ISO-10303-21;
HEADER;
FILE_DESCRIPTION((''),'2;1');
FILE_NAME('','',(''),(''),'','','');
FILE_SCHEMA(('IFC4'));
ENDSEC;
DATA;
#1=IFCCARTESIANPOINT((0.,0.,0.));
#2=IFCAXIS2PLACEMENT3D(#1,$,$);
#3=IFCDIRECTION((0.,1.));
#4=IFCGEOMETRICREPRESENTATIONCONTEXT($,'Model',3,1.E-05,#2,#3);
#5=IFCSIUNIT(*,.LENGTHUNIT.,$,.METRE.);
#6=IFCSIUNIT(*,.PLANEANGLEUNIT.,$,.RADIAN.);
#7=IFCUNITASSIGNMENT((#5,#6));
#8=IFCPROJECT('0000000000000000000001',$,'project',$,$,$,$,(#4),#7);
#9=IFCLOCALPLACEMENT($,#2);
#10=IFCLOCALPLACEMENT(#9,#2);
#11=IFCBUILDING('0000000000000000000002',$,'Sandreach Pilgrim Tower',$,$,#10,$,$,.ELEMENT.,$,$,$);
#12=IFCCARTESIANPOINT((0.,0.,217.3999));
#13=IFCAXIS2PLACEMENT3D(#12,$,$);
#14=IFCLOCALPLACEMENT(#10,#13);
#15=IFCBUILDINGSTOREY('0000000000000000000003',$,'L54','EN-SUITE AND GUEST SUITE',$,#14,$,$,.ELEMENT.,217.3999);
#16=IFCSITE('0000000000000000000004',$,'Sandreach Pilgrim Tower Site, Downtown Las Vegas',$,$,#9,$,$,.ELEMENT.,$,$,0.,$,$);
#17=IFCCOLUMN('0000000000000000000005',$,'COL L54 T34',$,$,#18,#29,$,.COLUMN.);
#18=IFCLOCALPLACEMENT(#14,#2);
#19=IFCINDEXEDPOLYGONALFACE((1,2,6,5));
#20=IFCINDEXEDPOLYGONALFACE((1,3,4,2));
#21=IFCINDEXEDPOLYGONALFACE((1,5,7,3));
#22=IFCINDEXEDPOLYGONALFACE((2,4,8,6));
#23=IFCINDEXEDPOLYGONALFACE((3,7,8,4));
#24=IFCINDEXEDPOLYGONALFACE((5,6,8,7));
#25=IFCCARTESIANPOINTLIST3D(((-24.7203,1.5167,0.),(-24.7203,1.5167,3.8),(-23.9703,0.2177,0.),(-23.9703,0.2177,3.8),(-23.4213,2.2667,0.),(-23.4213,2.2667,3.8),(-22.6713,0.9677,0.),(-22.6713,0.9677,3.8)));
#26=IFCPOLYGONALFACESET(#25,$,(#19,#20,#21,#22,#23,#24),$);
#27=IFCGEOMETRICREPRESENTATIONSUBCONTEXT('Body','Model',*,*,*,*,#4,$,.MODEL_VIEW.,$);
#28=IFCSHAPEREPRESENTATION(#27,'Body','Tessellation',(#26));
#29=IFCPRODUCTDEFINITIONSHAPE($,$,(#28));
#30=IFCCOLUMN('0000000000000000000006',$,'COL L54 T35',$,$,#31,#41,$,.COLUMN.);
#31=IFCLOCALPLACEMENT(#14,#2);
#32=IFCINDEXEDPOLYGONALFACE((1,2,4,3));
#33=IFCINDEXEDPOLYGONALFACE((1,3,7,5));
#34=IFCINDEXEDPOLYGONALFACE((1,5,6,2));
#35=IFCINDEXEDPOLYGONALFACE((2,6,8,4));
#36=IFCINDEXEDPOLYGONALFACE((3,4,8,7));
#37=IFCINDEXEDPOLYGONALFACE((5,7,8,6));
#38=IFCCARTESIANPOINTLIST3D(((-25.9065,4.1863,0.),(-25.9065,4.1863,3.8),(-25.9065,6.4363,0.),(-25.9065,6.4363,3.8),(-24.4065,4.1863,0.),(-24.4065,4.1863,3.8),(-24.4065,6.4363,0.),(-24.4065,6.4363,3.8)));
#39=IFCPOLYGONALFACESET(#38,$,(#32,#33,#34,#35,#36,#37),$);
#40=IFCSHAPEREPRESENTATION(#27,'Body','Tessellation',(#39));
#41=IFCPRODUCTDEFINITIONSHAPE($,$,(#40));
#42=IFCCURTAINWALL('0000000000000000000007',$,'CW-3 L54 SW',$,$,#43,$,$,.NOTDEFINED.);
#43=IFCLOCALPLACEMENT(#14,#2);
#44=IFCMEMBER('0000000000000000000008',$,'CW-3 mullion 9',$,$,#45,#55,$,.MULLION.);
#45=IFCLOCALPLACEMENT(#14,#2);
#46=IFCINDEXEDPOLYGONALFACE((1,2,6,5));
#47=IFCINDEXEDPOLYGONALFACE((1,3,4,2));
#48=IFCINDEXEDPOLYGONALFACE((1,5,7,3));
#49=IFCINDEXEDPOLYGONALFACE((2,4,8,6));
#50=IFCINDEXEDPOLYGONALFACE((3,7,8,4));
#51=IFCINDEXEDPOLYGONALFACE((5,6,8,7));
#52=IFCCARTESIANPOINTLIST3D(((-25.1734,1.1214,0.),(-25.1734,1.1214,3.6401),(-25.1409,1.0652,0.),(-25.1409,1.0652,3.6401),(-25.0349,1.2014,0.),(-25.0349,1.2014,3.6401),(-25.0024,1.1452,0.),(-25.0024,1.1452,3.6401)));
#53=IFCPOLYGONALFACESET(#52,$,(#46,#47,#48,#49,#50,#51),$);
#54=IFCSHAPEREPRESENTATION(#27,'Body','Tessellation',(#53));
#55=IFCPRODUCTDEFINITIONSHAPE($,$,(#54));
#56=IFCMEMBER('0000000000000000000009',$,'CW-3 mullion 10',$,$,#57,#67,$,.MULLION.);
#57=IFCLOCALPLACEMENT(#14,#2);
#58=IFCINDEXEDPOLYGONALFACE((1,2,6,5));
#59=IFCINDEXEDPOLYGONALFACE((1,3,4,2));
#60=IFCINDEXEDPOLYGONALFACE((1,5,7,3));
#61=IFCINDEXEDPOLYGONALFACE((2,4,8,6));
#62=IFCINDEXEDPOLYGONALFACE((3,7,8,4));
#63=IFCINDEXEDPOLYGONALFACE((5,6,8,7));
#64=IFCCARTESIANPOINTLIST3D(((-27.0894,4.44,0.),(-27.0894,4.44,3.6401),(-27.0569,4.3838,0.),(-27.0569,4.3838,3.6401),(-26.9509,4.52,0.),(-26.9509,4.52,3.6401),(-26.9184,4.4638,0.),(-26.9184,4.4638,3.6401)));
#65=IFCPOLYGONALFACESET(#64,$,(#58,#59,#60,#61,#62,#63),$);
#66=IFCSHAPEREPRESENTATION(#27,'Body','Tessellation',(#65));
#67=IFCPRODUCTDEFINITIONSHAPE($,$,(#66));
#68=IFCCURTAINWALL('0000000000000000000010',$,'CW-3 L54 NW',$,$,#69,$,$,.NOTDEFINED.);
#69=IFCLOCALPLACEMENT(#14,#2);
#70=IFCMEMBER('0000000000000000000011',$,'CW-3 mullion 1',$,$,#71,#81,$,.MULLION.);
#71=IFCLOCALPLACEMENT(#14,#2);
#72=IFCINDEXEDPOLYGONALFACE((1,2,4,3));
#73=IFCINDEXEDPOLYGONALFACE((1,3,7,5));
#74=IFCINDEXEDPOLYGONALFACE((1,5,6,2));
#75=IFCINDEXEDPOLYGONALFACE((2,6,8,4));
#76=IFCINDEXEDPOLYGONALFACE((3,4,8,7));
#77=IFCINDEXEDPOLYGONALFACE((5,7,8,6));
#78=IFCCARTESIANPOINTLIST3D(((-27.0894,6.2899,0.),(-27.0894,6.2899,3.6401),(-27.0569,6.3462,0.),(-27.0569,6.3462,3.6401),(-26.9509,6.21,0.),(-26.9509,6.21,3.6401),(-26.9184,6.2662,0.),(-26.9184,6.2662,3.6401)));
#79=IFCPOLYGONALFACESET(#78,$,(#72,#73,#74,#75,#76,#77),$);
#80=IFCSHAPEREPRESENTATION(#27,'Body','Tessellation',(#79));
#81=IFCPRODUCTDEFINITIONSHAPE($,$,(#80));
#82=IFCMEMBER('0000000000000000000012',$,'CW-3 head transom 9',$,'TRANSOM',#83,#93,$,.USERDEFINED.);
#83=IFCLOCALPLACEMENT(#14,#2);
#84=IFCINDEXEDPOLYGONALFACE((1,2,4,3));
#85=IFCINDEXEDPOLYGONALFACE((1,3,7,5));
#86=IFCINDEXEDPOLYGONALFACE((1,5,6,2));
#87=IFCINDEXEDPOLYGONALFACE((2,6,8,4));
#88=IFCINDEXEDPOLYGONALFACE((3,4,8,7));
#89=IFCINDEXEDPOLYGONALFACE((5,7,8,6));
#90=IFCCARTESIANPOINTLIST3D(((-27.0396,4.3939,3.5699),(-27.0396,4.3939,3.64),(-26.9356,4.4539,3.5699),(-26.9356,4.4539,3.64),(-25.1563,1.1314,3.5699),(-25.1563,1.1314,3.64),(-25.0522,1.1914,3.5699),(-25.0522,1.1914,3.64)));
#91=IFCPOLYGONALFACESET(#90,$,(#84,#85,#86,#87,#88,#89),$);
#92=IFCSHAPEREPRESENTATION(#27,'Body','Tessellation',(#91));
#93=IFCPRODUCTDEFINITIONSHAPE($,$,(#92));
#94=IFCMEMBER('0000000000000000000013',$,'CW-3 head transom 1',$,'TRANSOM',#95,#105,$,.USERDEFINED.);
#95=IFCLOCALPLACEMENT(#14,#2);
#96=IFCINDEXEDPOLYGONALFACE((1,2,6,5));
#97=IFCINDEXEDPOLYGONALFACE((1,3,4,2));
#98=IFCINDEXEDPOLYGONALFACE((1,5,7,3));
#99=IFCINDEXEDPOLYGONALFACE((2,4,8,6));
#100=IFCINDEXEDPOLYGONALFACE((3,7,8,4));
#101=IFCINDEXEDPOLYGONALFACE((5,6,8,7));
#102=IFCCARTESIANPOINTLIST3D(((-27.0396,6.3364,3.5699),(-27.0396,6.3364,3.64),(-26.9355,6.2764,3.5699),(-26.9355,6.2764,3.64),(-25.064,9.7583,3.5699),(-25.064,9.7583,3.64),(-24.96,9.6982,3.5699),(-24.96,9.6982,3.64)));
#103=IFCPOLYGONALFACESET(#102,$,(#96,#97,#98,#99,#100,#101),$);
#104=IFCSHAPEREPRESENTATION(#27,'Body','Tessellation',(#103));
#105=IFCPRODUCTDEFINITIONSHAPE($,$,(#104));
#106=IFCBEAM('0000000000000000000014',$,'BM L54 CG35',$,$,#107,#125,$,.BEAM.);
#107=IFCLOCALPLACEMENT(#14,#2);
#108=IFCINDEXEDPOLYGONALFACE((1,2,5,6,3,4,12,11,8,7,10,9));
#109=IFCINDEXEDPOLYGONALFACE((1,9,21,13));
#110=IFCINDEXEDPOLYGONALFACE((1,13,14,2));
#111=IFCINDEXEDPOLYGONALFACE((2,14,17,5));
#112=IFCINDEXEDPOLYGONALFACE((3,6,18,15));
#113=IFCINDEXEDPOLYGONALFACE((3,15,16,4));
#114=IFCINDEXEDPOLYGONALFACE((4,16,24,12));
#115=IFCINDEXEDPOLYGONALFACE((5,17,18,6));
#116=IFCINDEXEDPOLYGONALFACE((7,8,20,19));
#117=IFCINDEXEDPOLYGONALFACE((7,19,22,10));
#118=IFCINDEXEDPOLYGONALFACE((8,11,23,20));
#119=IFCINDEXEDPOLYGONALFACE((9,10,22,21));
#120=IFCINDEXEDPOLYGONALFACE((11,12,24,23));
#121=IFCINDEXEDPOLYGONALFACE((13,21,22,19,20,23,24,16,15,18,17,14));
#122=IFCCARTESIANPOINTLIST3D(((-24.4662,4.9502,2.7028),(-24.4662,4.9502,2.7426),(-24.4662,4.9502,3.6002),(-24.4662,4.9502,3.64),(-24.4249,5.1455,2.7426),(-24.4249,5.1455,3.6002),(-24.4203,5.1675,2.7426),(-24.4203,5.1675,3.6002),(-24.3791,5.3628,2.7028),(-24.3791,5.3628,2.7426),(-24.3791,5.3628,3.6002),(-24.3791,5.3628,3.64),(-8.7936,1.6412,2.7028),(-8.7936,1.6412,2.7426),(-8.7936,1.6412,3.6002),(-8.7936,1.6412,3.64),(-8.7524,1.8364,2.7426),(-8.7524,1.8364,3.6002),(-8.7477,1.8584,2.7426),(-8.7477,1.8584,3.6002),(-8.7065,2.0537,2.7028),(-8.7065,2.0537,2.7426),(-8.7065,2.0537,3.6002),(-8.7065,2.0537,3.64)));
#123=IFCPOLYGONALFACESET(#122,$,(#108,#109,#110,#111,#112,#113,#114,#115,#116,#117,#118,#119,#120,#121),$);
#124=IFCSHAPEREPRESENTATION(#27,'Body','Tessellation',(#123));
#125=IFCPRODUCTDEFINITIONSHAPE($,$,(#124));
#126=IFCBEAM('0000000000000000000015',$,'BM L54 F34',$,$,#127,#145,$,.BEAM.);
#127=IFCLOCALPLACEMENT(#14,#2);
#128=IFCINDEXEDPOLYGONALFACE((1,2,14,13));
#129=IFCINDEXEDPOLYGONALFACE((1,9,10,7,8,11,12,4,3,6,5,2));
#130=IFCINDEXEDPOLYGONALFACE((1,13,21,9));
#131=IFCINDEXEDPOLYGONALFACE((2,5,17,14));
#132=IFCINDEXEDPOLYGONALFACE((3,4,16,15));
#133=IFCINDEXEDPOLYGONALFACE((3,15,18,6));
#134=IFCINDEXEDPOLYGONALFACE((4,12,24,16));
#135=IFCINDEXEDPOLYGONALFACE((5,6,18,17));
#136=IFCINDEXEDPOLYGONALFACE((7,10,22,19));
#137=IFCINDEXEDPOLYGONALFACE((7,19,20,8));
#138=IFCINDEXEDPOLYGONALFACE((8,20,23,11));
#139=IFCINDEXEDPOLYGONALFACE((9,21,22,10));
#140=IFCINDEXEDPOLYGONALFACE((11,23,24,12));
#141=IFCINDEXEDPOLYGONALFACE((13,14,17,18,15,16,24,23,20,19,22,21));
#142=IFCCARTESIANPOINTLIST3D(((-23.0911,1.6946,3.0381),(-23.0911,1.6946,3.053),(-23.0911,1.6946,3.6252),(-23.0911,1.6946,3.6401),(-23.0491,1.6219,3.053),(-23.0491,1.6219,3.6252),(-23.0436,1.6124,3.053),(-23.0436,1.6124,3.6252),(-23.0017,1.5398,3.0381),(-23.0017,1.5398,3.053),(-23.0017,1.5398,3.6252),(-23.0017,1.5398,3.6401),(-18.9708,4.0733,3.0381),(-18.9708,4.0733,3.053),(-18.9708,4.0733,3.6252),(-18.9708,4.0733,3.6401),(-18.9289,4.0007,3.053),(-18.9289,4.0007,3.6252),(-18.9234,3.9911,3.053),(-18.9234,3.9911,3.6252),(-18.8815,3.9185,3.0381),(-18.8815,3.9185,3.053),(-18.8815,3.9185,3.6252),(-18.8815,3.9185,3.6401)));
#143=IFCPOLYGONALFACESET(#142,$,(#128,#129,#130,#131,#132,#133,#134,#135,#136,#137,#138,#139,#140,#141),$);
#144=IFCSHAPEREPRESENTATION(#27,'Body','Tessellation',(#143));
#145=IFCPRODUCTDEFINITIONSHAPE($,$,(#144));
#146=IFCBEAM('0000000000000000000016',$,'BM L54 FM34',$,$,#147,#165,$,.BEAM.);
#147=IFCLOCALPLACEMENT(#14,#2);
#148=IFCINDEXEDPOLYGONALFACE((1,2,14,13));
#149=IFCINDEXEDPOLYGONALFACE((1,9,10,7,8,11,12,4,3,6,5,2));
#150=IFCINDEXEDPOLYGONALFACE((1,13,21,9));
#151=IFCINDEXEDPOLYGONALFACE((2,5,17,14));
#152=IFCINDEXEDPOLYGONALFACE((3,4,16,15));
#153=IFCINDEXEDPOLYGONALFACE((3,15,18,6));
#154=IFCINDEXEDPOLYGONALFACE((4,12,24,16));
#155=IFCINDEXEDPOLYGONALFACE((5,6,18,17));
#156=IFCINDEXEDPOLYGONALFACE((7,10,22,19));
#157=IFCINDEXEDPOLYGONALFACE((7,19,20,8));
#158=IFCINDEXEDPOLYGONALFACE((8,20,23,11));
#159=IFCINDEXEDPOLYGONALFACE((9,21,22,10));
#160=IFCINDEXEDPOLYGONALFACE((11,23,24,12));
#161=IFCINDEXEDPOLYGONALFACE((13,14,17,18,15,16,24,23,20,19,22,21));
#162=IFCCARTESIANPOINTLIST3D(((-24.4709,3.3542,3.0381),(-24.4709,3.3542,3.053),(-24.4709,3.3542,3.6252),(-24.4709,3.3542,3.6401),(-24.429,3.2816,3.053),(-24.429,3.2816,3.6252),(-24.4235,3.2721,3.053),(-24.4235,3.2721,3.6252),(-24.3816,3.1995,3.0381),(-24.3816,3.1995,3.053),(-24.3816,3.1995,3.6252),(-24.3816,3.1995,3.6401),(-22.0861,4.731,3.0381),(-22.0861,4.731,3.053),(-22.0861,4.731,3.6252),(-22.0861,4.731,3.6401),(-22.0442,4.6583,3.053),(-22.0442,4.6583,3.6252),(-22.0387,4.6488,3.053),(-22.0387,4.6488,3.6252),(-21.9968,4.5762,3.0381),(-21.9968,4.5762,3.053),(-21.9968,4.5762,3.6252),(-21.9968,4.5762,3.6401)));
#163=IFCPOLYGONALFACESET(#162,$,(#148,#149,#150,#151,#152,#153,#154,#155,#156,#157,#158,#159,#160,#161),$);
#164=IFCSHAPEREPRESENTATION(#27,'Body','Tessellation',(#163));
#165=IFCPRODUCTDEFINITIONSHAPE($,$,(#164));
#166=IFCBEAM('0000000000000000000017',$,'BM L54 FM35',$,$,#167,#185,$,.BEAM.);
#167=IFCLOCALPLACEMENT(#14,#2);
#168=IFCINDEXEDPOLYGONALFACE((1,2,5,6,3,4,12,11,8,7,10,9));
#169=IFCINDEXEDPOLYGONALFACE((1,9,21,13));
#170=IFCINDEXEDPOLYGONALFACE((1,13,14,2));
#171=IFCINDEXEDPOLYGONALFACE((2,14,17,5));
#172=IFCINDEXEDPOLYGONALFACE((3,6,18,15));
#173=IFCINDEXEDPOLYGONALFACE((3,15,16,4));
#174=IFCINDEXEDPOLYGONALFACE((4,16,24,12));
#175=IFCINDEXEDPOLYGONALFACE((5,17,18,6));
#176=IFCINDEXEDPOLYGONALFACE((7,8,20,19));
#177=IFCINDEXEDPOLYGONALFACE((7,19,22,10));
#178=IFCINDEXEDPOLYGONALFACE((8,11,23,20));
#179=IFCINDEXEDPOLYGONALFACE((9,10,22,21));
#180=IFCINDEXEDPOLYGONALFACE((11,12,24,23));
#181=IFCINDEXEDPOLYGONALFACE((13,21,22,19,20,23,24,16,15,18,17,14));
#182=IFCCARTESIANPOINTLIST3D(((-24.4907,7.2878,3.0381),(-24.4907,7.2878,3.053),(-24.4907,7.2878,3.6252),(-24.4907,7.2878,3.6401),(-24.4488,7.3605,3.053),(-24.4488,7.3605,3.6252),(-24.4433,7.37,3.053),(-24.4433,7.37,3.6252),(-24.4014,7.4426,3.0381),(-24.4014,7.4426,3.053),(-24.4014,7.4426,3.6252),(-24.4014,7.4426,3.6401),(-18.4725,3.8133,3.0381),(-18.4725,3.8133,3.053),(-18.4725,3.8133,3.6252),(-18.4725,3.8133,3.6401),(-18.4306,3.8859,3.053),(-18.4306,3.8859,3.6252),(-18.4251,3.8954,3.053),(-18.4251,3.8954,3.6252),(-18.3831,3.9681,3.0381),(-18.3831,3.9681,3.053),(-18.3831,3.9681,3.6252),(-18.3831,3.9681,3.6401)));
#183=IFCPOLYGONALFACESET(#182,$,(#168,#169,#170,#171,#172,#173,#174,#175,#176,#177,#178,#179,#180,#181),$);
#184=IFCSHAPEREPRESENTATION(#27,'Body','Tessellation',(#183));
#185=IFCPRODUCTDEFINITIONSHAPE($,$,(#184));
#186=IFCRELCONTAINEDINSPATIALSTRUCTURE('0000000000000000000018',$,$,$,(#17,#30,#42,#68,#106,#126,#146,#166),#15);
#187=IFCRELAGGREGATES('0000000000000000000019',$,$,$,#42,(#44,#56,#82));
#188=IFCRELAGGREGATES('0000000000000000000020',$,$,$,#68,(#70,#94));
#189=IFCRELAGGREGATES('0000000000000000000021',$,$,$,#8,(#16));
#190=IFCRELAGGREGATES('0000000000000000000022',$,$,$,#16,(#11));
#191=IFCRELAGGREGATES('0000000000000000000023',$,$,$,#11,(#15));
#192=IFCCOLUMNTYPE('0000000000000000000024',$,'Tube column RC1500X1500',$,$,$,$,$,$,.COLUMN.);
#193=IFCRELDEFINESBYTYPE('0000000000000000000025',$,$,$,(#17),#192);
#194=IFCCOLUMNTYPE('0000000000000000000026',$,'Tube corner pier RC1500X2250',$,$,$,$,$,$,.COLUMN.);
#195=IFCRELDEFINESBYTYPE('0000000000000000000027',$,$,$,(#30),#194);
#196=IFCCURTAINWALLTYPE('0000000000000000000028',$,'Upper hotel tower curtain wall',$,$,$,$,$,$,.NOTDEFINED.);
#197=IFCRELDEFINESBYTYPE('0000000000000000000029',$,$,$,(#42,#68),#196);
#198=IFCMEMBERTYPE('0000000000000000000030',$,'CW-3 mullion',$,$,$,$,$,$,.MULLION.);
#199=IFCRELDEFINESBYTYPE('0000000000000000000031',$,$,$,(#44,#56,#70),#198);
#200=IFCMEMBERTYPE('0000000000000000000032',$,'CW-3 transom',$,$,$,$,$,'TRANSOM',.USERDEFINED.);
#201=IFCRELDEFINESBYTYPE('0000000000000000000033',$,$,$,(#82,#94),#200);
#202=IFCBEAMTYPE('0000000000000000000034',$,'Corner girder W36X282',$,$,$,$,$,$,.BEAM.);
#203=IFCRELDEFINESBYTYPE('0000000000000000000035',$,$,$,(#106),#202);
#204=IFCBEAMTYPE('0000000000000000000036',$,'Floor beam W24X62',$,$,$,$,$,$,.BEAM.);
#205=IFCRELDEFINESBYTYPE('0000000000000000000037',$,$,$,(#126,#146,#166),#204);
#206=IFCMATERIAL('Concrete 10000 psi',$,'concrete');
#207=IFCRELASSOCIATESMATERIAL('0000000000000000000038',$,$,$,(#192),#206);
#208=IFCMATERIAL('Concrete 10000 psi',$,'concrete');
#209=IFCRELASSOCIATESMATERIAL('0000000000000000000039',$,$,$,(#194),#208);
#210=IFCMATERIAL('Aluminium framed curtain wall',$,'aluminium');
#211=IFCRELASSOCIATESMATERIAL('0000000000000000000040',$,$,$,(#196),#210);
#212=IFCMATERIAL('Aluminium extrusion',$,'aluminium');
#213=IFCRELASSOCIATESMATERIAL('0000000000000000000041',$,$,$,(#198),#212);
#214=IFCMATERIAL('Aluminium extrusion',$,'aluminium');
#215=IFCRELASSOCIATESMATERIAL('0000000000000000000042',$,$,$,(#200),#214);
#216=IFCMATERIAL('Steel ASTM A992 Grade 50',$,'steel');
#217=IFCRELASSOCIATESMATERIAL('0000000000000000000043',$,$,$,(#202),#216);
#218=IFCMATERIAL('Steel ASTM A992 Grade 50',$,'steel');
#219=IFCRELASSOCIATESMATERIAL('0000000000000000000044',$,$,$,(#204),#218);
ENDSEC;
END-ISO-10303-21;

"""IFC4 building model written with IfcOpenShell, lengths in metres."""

from ifc_helpers import new_model, si_unit, direction, frame, origin, origin_2d, place, context, subcontext, project, spatial, rectangle, i_section, extrude, material, material_profile, profile_set, type_object, element, aggregate, save


model = new_model("IFC4")

# Units and contexts
model_context = context("Model", 3, precision=1e-05, world=origin(), true_north=direction((0.0, 1.0)))
body_context = subcontext(model_context, "Body", "Model", "MODEL_VIEW")
ifc_project = project(units=[si_unit("LENGTHUNIT", "METRE"), si_unit("PLANEANGLEUNIT", "RADIAN")], contexts=[model_context])

# Site, building, storey
site_placement = place(None, origin())
site = spatial("IfcSite", under=ifc_project, at=site_placement, Name="Sandreach Pilgrim Tower Site, Downtown Las Vegas", CompositionType="ELEMENT", RefElevation=0.0)
building_placement = place(site_placement, origin())
building = spatial("IfcBuilding", under=site, at=building_placement, Name="Sandreach Pilgrim Tower", CompositionType="ELEMENT")
storey_placement = place(building_placement, frame((0.0, 0.0, 217.3999)))
storey = spatial("IfcBuildingStorey", under=building, at=storey_placement, Name="L54", Description="EN-SUITE AND GUEST SUITE", CompositionType="ELEMENT", Elevation=217.3999)

# Columns
ifc_material_1 = material(Name="Concrete 10000 psi", Category="concrete")
ifc_material_profile_1 = material_profile(ifc_material_1, rectangle(XDim=1.5, YDim=1.5, at=origin_2d()), Name="RC1500X1500")
ifc_profile_set_1 = profile_set([ifc_material_profile_1], Name="Concrete 10000 psi")
column_type_1 = type_object("IfcColumnType", Name="Tube column RC1500X1500", PredefinedType="COLUMN", material=ifc_profile_set_1)
column_1_placement = place(storey_placement, frame((-23.6958, 1.2422, 0.0), z_axis=(0.0, 0.0, 1.0), x_axis=(-0.866025, -0.5, 0.0)))
element("IfcColumn", 1, at=column_1_placement, inside=storey, type_object=column_type_1, Name="COL L54 T34", PredefinedType="COLUMN", context=body_context, shape_type="SweptSolid", body=[
    extrude(rectangle(XDim=1.5, YDim=1.5, at=origin_2d()), origin(), (0.0, 0.0, 1.0), 3.8),
])
ifc_material_2 = material(Name="Concrete 10000 psi", Category="concrete")
ifc_material_profile_2 = material_profile(ifc_material_2, rectangle(XDim=1.5, YDim=2.25, at=origin_2d()), Name="RC1500X2250")
ifc_profile_set_2 = profile_set([ifc_material_profile_2], Name="Concrete 10000 psi")
column_type_2 = type_object("IfcColumnType", Name="Tube corner pier RC1500X2250", PredefinedType="COLUMN", material=ifc_profile_set_2)
column_2_placement = place(storey_placement, frame((-25.1565, 5.3113, 0.0), z_axis=(0.0, 0.0, 1.0), x_axis=(-1.0, 0.0, 0.0)))
element("IfcColumn", 2, at=column_2_placement, inside=storey, type_object=column_type_2, Name="COL L54 T35", PredefinedType="COLUMN", context=body_context, shape_type="SweptSolid", body=[
    extrude(rectangle(XDim=1.5, YDim=2.25, at=origin_2d()), origin(), (0.0, 0.0, 1.0), 3.8),
])

# Curtain wall, members
ifc_material_3 = material(Name="Aluminium framed curtain wall", Category="aluminium")
curtain_wall_type = type_object("IfcCurtainWallType", Name="Upper hotel tower curtain wall", PredefinedType="NOTDEFINED", material=ifc_material_3)
curtain_wall_1_placement = place(storey_placement, origin())
curtain_wall_1 = element("IfcCurtainWall", 3, at=curtain_wall_1_placement, inside=storey, type_object=curtain_wall_type, Name="CW-3 L54 SW", PredefinedType="NOTDEFINED")
ifc_material_4 = material(Name="Aluminium extrusion", Category="aluminium")
ifc_material_profile_3 = material_profile(ifc_material_4, rectangle(XDim=0.0649, YDim=0.1599, at=origin_2d()), Name="CW-3M 65X160")
ifc_profile_set_3 = profile_set([ifc_material_profile_3], Name="Aluminium extrusion")
member_type_1 = type_object("IfcMemberType", Name="CW-3 mullion", PredefinedType="MULLION", material=ifc_profile_set_3)
member_1_placement = place(storey_placement, frame((-25.0879, 1.1333, 0.0), z_axis=(0.0, 0.0, 1.0), x_axis=(-0.5, 0.866025, 0.0)))
member_1 = element("IfcMember", 4, at=member_1_placement, type_object=member_type_1, Name="CW-3 mullion 9", PredefinedType="MULLION", context=body_context, shape_type="SweptSolid", body=[
    extrude(rectangle(XDim=0.0649, YDim=0.1599, at=origin_2d()), origin(), (0.0, 0.0, 1.0), 3.6401),
])
member_2_placement = place(storey_placement, frame((-27.0039, 4.4519, 0.0), z_axis=(0.0, 0.0, 1.0), x_axis=(-0.5, 0.866025, 0.0)))
member_2 = element("IfcMember", 5, at=member_2_placement, type_object=member_type_1, Name="CW-3 mullion 10", PredefinedType="MULLION", context=body_context, shape_type="SweptSolid", body=[
    extrude(rectangle(XDim=0.0649, YDim=0.1599, at=origin_2d()), origin(), (0.0, 0.0, 1.0), 3.6401),
])

# Curtain wall, member
curtain_wall_2_placement = place(storey_placement, origin())
curtain_wall_2 = element("IfcCurtainWall", 6, at=curtain_wall_2_placement, inside=storey, type_object=curtain_wall_type, Name="CW-3 L54 NW", PredefinedType="NOTDEFINED")
member_3_placement = place(storey_placement, frame((-27.0039, 6.2781, 0.0), z_axis=(0.0, 0.0, 1.0), x_axis=(0.5, 0.866025, 0.0)))
member_3 = element("IfcMember", 7, at=member_3_placement, type_object=member_type_1, Name="CW-3 mullion 1", PredefinedType="MULLION", context=body_context, shape_type="SweptSolid", body=[
    extrude(rectangle(XDim=0.0649, YDim=0.1599, at=origin_2d()), origin(), (0.0, 0.0, 1.0), 3.6401),
])

# Members
ifc_material_5 = material(Name="Aluminium extrusion", Category="aluminium")
ifc_material_profile_4 = material_profile(ifc_material_5, rectangle(XDim=0.1201, YDim=0.0701, at=origin_2d()), Name="CW-3T 120X70")
ifc_profile_set_4 = profile_set([ifc_material_profile_4], Name="Aluminium extrusion")
member_type_2 = type_object("IfcMemberType", Name="CW-3 transom", ElementType="TRANSOM", PredefinedType="USERDEFINED", material=ifc_profile_set_4)
member_4_placement = place(storey_placement, frame((-25.1042, 1.1614, 3.605), z_axis=(-0.499945, 0.866057, 0.0), x_axis=(-0.866057, -0.499945, 0.0)))
member_4 = element("IfcMember", 8, at=member_4_placement, type_object=member_type_2, Name="CW-3 head transom 9", ObjectType="TRANSOM", PredefinedType="USERDEFINED", context=body_context, shape_type="SweptSolid", body=[
    extrude(rectangle(XDim=0.1201, YDim=0.0701, at=origin_2d()), origin(), (0.0, 0.0, 1.0), 3.7671),
])
member_5_placement = place(storey_placement, frame((-26.9875, 6.3064, 3.605), z_axis=(0.499993, 0.866029, 0.0), x_axis=(-0.866029, 0.499993, 0.0)))
member_5 = element("IfcMember", 9, at=member_5_placement, type_object=member_type_2, Name="CW-3 head transom 1", ObjectType="TRANSOM", PredefinedType="USERDEFINED", context=body_context, shape_type="SweptSolid", body=[
    extrude(rectangle(XDim=0.1201, YDim=0.0701, at=origin_2d()), origin(), (0.0, 0.0, 1.0), 3.9512),
])

# Beams
ifc_material_6 = material(Name="Steel ASTM A992 Grade 50", Category="steel")
ifc_material_profile_5 = material_profile(ifc_material_6, i_section(OverallWidth=0.4216, OverallDepth=0.9373, WebThickness=0.0225, FlangeThickness=0.0398, at=origin_2d()), Name="W36X282")
ifc_profile_set_5 = profile_set([ifc_material_profile_5], Name="Steel ASTM A992 Grade 50")
beam_type_1 = type_object("IfcBeamType", Name="Corner girder W36X282", PredefinedType="BEAM", material=ifc_profile_set_5)
beam_1_placement = place(storey_placement, frame((-24.4226, 5.1565, 3.1714), z_axis=(0.978429, -0.206583, 0.0), x_axis=(0.206583, 0.978429, 0.0)))
element("IfcBeam", 10, at=beam_1_placement, inside=storey, type_object=beam_type_1, Name="BM L54 CG35", PredefinedType="BEAM", context=body_context, shape_type="SweptSolid", body=[
    extrude(i_section(OverallWidth=0.4216, OverallDepth=0.9373, WebThickness=0.0225, FlangeThickness=0.0398, at=origin_2d()), origin(), (0.0, 0.0, 1.0), 16.0181),
])
ifc_material_7 = material(Name="Steel ASTM A992 Grade 50", Category="steel")
ifc_material_profile_6 = material_profile(ifc_material_7, i_section(OverallWidth=0.1787, OverallDepth=0.6021, WebThickness=0.011, FlangeThickness=0.0149, at=origin_2d()), Name="W24X62")
ifc_profile_set_6 = profile_set([ifc_material_profile_6], Name="Steel ASTM A992 Grade 50")
beam_type_2 = type_object("IfcBeamType", Name="Floor beam W24X62", PredefinedType="BEAM", material=ifc_profile_set_6)
beam_2_placement = place(storey_placement, frame((-23.0464, 1.6172, 3.3391), z_axis=(0.866033, 0.499986, 0.0), x_axis=(-0.499986, 0.866033, 0.0)))
element("IfcBeam", 11, at=beam_2_placement, inside=storey, type_object=beam_type_2, Name="BM L54 F34", PredefinedType="BEAM", context=body_context, shape_type="SweptSolid", body=[
    extrude(i_section(OverallWidth=0.1787, OverallDepth=0.6021, WebThickness=0.011, FlangeThickness=0.0149, at=origin_2d()), origin(), (0.0, 0.0, 1.0), 4.7576),
])
beam_3_placement = place(storey_placement, frame((-24.4263, 3.2769, 3.3391), z_axis=(0.866047, 0.499963, 0.0), x_axis=(-0.499963, 0.866047, 0.0)))
element("IfcBeam", 12, at=beam_3_placement, inside=storey, type_object=beam_type_2, Name="BM L54 FM34", PredefinedType="BEAM", context=body_context, shape_type="SweptSolid", body=[
    extrude(i_section(OverallWidth=0.1787, OverallDepth=0.6021, WebThickness=0.011, FlangeThickness=0.0149, at=origin_2d()), origin(), (0.0, 0.0, 1.0), 2.7537),
])
beam_4_placement = place(storey_placement, frame((-24.446, 7.3652, 3.3391), z_axis=(0.866029, -0.499993, 0.0), x_axis=(0.499993, 0.866029, 0.0)))
element("IfcBeam", 13, at=beam_4_placement, inside=storey, type_object=beam_type_2, Name="BM L54 FM35", PredefinedType="BEAM", context=body_context, shape_type="SweptSolid", body=[
    extrude(i_section(OverallWidth=0.1787, OverallDepth=0.6021, WebThickness=0.011, FlangeThickness=0.0149, at=origin_2d()), origin(), (0.0, 0.0, 1.0), 6.9492),
])

aggregate(curtain_wall_1, [member_1, member_2, member_4])
aggregate(curtain_wall_2, [member_3, member_5])

save(model, "model.ifc")
